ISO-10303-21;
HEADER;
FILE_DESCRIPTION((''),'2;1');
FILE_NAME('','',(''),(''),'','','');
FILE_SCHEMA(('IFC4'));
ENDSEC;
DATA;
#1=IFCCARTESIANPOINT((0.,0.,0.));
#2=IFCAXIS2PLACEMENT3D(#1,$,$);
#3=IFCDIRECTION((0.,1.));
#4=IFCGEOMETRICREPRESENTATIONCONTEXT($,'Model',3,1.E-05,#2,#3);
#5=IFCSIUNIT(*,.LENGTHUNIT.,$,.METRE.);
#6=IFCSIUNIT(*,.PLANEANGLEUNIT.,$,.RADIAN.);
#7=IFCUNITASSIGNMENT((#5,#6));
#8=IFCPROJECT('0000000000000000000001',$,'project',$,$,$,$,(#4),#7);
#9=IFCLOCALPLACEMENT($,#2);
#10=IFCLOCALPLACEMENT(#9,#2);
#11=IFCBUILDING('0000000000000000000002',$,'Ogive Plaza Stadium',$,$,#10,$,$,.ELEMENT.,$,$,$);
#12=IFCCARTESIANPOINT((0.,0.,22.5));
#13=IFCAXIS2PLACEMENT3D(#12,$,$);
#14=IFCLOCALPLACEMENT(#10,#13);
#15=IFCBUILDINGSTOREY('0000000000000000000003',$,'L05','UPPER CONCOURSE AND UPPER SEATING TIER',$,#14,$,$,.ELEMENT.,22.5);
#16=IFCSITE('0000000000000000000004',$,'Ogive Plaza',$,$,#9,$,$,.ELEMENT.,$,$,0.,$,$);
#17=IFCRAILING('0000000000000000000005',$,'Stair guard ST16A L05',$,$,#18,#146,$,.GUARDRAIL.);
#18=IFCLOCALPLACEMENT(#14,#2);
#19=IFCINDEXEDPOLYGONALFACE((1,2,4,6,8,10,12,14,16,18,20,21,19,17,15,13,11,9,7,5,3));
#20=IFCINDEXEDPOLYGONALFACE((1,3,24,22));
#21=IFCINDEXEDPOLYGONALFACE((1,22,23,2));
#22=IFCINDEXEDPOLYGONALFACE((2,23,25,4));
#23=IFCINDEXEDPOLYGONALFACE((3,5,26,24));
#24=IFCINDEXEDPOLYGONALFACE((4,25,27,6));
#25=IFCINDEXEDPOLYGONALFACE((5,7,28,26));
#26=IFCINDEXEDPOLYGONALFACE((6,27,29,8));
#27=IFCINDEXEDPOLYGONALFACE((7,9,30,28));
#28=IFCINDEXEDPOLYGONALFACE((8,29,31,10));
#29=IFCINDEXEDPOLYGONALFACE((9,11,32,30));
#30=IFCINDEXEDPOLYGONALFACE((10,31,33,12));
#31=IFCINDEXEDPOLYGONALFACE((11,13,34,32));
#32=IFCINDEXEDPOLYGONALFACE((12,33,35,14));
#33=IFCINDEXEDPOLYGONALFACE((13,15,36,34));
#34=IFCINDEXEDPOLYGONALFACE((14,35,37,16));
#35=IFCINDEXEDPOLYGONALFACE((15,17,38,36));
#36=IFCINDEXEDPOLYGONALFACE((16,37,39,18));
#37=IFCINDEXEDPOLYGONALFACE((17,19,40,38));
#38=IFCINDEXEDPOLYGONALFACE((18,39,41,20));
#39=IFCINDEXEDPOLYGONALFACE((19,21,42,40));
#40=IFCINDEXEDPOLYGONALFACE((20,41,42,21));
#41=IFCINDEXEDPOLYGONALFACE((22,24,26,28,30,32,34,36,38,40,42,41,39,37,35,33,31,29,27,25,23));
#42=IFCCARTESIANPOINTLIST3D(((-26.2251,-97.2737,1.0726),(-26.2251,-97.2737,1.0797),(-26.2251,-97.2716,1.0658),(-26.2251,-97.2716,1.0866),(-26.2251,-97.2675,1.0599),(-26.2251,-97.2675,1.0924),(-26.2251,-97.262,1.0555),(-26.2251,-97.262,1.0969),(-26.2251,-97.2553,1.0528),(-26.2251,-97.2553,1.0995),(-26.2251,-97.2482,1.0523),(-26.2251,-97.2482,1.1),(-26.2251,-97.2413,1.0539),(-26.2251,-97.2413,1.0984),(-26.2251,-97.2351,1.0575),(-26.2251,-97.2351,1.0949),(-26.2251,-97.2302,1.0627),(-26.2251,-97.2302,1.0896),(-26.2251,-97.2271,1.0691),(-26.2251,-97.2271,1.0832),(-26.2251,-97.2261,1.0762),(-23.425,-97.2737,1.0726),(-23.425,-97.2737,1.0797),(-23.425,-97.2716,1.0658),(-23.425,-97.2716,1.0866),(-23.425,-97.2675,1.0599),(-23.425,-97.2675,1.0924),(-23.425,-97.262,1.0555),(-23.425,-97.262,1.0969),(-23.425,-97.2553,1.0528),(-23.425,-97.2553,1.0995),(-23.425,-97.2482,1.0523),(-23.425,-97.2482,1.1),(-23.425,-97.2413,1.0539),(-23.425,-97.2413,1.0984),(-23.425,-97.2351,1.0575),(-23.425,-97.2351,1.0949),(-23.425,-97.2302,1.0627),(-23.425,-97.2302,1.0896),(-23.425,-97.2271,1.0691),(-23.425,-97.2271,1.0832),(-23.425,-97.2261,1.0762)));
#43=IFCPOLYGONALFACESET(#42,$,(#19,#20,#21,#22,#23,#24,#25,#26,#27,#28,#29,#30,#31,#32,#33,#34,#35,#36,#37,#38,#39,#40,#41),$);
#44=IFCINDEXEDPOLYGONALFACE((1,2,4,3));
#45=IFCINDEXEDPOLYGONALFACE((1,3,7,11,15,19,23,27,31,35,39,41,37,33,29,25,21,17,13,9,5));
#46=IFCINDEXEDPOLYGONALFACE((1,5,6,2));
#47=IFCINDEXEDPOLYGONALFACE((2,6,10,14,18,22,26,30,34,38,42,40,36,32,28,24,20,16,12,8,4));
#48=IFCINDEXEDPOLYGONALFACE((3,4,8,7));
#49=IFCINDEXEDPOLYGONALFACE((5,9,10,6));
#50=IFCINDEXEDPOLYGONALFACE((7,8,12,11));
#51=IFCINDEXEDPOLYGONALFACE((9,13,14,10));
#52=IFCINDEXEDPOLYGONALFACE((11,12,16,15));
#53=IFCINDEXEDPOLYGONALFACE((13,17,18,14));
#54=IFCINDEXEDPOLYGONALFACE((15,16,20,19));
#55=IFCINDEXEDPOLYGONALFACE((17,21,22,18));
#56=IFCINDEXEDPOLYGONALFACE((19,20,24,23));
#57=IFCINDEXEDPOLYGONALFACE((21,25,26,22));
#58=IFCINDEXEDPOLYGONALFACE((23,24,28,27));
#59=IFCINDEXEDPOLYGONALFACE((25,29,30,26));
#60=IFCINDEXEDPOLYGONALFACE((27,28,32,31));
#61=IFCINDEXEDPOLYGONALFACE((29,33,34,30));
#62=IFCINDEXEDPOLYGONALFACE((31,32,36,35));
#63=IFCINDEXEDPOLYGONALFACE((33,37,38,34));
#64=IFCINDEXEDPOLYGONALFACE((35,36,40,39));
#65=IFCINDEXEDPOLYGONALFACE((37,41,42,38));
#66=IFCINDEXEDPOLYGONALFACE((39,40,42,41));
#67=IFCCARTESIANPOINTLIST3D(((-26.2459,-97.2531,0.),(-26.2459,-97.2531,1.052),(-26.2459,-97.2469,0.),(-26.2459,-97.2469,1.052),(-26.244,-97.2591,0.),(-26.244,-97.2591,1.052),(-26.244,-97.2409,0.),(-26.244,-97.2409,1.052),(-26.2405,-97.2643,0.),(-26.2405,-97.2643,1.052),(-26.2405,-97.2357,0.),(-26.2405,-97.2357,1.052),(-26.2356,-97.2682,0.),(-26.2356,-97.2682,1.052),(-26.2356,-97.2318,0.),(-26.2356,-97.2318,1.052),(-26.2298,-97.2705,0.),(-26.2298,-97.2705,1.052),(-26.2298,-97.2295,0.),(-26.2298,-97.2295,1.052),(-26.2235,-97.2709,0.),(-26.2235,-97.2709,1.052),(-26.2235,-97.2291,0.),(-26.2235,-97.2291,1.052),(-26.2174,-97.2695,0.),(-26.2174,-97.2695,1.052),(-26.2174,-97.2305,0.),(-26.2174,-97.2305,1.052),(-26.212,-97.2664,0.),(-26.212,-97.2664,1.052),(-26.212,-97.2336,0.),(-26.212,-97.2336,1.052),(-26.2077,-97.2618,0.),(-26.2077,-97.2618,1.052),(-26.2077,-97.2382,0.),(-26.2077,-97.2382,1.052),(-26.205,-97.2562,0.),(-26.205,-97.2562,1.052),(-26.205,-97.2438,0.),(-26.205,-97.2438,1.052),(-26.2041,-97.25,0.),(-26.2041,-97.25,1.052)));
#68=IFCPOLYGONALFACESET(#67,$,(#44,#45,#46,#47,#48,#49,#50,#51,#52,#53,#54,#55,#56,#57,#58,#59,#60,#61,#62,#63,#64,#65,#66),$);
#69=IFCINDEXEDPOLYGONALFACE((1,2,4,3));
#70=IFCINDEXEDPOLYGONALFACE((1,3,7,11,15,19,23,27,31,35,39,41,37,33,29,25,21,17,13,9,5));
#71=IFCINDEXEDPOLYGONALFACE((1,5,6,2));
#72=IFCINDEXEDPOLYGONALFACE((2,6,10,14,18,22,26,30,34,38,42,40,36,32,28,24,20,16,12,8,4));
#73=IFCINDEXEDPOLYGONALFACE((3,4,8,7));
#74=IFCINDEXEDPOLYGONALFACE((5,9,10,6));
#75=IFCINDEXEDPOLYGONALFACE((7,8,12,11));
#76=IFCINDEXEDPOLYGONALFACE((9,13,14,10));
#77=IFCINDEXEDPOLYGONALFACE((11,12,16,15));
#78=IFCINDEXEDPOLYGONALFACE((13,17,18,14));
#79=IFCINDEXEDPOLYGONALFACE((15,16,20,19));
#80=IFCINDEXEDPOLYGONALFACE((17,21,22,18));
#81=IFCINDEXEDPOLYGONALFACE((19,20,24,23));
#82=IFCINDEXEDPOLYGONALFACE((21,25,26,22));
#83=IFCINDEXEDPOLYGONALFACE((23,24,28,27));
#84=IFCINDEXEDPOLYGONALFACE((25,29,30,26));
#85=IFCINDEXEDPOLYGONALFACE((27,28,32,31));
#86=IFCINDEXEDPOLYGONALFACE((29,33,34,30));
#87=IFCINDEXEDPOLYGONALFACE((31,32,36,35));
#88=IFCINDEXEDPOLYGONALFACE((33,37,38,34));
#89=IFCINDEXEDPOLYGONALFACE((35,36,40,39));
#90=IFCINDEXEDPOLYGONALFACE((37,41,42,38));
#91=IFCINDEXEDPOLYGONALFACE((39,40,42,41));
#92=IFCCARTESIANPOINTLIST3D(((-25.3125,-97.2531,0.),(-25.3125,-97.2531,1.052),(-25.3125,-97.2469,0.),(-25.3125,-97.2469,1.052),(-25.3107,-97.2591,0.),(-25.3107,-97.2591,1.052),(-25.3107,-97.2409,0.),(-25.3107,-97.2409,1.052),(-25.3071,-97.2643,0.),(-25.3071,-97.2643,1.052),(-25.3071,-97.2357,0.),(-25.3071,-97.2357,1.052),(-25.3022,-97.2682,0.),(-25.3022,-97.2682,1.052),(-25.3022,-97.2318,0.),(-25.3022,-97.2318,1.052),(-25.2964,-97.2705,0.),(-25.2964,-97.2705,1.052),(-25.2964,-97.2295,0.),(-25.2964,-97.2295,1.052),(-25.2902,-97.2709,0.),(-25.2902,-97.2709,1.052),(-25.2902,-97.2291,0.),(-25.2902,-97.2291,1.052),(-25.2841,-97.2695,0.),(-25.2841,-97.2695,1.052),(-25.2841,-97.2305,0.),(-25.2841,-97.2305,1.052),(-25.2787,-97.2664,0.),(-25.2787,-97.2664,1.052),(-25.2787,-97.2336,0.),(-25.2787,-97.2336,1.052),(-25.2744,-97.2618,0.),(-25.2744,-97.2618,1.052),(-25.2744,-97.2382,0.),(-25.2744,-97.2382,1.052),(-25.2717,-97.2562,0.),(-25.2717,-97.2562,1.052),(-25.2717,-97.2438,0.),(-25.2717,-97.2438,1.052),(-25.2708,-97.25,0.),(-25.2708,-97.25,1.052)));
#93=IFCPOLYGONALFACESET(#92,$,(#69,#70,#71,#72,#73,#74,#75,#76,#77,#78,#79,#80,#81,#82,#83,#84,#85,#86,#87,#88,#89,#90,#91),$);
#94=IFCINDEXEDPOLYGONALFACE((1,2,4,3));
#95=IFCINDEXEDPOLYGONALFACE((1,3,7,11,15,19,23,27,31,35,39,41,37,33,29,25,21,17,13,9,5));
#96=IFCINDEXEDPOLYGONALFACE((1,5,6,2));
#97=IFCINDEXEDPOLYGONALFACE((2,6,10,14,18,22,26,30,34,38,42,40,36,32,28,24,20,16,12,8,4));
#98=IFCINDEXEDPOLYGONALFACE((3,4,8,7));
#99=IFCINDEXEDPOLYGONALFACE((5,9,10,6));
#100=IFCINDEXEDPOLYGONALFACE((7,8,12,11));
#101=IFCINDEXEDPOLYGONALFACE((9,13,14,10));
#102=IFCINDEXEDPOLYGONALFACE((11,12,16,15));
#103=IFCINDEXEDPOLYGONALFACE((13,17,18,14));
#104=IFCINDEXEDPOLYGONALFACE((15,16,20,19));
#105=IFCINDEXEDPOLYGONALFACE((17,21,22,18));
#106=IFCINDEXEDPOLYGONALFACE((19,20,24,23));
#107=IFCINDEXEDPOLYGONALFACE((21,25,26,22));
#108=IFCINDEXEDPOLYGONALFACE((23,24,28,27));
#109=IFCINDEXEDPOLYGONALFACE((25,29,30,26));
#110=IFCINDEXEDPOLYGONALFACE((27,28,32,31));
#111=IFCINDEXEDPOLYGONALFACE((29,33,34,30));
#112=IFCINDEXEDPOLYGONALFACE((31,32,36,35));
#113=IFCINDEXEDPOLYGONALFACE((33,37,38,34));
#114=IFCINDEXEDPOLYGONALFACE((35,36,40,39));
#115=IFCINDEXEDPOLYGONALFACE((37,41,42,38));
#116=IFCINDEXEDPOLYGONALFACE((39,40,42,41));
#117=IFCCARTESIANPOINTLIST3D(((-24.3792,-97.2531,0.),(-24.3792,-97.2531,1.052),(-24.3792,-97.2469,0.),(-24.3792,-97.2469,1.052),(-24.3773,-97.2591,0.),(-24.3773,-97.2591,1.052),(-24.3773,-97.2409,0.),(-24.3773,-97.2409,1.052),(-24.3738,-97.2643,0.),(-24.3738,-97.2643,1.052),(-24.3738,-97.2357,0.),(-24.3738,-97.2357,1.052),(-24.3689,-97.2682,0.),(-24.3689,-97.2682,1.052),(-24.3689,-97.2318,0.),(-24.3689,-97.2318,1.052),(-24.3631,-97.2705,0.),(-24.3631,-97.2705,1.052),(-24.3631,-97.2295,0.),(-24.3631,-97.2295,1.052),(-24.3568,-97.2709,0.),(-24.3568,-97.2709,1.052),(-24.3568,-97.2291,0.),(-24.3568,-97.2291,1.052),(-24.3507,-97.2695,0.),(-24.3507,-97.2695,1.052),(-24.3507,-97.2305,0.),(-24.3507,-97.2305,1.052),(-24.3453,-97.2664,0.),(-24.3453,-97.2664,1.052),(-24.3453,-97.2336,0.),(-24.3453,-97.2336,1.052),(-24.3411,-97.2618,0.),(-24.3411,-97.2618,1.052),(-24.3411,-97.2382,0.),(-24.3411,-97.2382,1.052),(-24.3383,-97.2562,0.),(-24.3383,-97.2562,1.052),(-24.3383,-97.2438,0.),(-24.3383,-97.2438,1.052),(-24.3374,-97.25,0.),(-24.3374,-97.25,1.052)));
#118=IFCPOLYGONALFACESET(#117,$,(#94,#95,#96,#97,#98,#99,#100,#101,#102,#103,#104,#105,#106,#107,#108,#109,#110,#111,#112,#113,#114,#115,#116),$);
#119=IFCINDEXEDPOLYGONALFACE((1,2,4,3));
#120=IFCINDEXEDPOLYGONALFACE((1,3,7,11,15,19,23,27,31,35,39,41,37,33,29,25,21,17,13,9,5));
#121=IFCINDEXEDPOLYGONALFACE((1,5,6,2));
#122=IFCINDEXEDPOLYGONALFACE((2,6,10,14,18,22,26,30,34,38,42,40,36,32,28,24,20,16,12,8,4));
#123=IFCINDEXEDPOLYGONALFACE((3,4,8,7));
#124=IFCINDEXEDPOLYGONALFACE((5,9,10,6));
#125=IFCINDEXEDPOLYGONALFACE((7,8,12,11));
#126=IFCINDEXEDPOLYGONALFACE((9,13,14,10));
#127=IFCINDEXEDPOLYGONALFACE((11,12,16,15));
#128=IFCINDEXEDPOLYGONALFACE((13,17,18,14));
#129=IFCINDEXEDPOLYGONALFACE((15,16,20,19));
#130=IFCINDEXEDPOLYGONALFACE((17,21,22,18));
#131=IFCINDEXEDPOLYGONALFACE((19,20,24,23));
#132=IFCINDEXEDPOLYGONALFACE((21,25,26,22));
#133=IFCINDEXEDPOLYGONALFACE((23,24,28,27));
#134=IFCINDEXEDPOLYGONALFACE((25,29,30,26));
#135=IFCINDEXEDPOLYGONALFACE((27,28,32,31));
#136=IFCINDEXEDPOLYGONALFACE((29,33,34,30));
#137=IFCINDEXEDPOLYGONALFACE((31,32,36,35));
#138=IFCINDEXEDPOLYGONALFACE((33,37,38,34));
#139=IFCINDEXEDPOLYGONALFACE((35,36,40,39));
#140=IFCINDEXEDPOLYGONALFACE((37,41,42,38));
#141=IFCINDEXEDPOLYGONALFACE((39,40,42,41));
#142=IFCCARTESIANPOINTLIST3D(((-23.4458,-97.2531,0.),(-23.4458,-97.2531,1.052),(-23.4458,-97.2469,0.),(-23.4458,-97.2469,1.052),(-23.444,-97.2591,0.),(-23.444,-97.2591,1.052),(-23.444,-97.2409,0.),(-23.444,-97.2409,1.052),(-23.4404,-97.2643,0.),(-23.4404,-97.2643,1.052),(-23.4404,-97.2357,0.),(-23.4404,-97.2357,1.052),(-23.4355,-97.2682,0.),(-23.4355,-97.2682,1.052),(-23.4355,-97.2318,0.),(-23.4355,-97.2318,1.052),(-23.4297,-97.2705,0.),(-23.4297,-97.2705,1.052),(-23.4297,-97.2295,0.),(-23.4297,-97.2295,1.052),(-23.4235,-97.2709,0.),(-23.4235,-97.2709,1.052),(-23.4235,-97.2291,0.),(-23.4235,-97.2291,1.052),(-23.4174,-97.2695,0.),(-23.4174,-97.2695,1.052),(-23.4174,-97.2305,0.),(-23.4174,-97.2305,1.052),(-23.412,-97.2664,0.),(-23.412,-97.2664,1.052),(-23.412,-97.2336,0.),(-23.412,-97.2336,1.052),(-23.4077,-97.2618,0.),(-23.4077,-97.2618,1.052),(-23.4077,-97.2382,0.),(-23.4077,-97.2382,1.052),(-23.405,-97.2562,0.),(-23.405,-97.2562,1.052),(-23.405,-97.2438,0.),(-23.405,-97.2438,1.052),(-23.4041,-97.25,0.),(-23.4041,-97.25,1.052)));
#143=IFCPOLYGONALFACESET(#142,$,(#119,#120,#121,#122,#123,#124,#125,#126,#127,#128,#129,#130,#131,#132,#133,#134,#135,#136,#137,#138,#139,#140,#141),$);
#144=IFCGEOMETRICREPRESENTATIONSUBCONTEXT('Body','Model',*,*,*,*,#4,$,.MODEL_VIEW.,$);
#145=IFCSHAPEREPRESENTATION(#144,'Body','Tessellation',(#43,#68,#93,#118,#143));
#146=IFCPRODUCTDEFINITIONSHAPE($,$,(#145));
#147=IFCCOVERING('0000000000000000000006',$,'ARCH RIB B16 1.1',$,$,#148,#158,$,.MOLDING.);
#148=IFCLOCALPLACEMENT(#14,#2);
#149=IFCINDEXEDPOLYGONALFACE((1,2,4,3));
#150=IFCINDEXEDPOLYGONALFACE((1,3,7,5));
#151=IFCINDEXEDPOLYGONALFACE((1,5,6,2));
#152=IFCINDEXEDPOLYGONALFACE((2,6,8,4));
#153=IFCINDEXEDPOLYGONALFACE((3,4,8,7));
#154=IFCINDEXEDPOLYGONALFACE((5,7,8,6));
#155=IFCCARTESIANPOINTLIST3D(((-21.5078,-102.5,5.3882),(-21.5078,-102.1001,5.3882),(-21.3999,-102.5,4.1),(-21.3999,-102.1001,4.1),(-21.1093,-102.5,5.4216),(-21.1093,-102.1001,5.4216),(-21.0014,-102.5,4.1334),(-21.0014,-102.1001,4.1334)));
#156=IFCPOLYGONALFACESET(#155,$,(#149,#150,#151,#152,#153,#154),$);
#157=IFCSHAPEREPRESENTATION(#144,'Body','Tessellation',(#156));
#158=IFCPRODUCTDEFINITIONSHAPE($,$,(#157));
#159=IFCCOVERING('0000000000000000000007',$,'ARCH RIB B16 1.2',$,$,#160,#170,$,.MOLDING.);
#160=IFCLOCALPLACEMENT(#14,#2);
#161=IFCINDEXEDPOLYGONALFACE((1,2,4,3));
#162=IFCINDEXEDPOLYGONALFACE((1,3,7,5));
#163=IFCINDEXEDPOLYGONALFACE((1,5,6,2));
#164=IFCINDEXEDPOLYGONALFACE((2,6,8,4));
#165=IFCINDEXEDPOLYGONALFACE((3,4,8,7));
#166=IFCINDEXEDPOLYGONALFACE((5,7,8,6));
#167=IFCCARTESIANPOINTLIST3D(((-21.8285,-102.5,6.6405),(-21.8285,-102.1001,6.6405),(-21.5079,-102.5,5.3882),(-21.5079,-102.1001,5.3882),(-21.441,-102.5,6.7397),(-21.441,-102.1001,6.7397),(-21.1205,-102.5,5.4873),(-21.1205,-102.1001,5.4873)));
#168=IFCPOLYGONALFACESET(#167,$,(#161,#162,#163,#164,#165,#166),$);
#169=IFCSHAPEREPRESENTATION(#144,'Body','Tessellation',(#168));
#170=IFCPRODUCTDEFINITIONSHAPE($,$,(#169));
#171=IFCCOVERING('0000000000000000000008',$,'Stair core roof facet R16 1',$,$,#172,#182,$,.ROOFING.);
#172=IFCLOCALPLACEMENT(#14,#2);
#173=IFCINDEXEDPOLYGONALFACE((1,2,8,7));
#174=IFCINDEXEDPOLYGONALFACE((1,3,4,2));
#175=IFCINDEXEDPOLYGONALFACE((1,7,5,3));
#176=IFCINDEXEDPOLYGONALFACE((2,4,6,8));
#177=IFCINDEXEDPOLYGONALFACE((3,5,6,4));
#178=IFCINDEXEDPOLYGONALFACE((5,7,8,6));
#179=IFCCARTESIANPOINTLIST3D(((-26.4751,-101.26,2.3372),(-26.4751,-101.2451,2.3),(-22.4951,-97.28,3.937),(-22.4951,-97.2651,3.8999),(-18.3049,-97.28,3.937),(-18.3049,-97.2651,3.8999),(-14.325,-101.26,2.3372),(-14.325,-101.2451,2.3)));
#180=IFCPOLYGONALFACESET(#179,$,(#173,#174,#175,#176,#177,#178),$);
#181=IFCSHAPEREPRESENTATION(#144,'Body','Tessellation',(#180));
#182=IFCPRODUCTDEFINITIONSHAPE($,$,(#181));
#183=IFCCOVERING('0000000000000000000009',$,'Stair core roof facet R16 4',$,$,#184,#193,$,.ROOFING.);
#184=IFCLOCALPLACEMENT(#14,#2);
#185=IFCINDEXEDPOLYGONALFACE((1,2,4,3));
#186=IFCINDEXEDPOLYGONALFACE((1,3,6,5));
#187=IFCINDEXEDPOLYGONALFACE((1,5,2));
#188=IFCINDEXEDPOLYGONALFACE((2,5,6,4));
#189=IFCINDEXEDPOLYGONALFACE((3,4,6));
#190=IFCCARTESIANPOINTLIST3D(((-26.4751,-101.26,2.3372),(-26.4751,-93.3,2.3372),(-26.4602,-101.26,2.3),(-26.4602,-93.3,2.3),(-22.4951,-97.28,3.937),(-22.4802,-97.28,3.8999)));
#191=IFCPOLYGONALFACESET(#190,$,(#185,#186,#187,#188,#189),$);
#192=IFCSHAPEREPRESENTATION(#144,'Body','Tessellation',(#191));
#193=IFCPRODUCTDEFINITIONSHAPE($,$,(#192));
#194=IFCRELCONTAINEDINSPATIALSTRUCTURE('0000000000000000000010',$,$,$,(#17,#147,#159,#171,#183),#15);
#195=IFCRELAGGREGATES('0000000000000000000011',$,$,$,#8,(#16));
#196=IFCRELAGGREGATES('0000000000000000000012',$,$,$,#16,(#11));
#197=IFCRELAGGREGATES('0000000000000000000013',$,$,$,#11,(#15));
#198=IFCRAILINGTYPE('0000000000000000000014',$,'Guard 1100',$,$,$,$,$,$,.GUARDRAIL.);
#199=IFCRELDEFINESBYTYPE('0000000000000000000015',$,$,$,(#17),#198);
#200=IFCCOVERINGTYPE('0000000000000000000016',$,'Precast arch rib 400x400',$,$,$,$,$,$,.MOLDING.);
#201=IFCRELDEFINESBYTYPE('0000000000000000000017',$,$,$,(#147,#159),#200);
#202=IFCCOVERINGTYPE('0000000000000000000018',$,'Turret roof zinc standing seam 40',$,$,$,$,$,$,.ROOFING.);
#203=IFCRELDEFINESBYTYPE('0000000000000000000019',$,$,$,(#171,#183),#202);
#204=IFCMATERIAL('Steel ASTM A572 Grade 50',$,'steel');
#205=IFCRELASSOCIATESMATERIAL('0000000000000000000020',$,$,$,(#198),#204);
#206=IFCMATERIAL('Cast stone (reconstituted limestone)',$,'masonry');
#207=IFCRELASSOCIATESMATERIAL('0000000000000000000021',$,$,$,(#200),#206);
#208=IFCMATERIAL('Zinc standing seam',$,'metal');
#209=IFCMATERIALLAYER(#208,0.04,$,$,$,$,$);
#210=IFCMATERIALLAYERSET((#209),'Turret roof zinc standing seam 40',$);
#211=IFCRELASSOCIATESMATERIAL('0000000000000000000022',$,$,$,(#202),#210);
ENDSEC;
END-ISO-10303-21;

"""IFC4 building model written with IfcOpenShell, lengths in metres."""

from ifc_helpers import new_model, si_unit, direction, frame, origin, origin_2d, place, context, subcontext, project, spatial, polyline, rectangle, circle, outline, extrude, material, layer, layer_set, material_profile, profile_set, type_object, element, save


model = new_model("IFC4")

# Units and contexts
model_context = context("Model", 3, precision=1e-05, world=origin(), true_north=direction((0.0, 1.0)))
body_context = subcontext(model_context, "Body", "Model", "MODEL_VIEW")
ifc_project = project(units=[si_unit("LENGTHUNIT", "METRE"), si_unit("PLANEANGLEUNIT", "RADIAN")], contexts=[model_context])

# Site, building, storey
site_placement = place(None, origin())
site = spatial("IfcSite", under=ifc_project, at=site_placement, Name="Ogive Plaza", CompositionType="ELEMENT", RefElevation=0.0)
building_placement = place(site_placement, origin())
building = spatial("IfcBuilding", under=site, at=building_placement, Name="Ogive Plaza Stadium", CompositionType="ELEMENT")
storey_placement = place(building_placement, frame((0.0, 0.0, 22.5)))
storey = spatial("IfcBuildingStorey", under=building, at=storey_placement, Name="L05", Description="UPPER CONCOURSE AND UPPER SEATING TIER", CompositionType="ELEMENT", Elevation=22.5)

# Railing
ifc_material_1 = material(Name="Steel ASTM A572 Grade 50", Category="steel")
railing_type = type_object("IfcRailingType", Name="Guard 1100", PredefinedType="GUARDRAIL", material=ifc_material_1)
railing_1_placement = place(storey_placement, frame((-26.2251, -97.25, 0.0)))
element("IfcRailing", 1, at=railing_1_placement, inside=storey, type_object=railing_type, Name="Stair guard ST16A L05", PredefinedType="GUARDRAIL", context=body_context, shape_type="SweptSolid", body=[
    extrude(circle(Radius=0.0239, at=origin_2d()), frame((0.0, 0.0, 1.0762), z_axis=(1.0, 0.0, 0.0), x_axis=(0.0, 1.0, 0.0)), (0.0, 0.0, 1.0), 2.8),
    extrude(circle(Radius=0.021, at=origin_2d()), origin(), (0.0, 0.0, 1.0), 1.052),
    extrude(circle(Radius=0.021, at=origin_2d()), frame((0.9333, 0.0, 0.0)), (0.0, 0.0, 1.0), 1.052),
    extrude(circle(Radius=0.021, at=origin_2d()), frame((1.8667, 0.0, 0.0)), (0.0, 0.0, 1.0), 1.052),
    extrude(circle(Radius=0.021, at=origin_2d()), frame((2.8, 0.0, 0.0)), (0.0, 0.0, 1.0), 1.052),
])

# Coverings
ifc_material_2 = material(Name="Cast stone (reconstituted limestone)", Category="masonry")
ifc_material_profile_1 = material_profile(ifc_material_2, rectangle(XDim=0.3999, YDim=0.3999, at=origin_2d()), Name="Cast stone 400x400")
ifc_profile_set_1 = profile_set([ifc_material_profile_1], Name="Cast stone (reconstituted limestone)")
covering_type_1 = type_object("IfcCoveringType", Name="Precast arch rib 400x400", PredefinedType="MOLDING", material=ifc_profile_set_1)
for number, where, z_axis, x_axis, name in (
    (2, (-21.2007, -102.3, 4.1167), (-0.083467, 0.0, 0.996511), (0.0, -1.0, 0.0), "ARCH RIB B16 1.1"),
    (3, (-21.3142, -102.3, 5.4377), (-0.247953, 0.0, 0.968772), (0.0, -1.0, 0.0), "ARCH RIB B16 1.2"),
):
    element("IfcCovering", number, at=place(storey_placement, frame(where, z_axis=z_axis, x_axis=x_axis)), inside=storey, type_object=covering_type_1, Name=name, PredefinedType="MOLDING", context=body_context, shape_type="SweptSolid", body=[
        extrude(rectangle(XDim=0.3999, YDim=0.3999, at=origin_2d()), origin(), (0.0, 0.0, 1.0), 1.2927),
    ])
ifc_material_3 = material(Name="Zinc standing seam", Category="metal")
ifc_layer_1 = layer(ifc_material_3, 0.04)
ifc_layer_set_1 = layer_set([ifc_layer_1], Name="Turret roof zinc standing seam 40")
covering_type_2 = type_object("IfcCoveringType", Name="Turret roof zinc standing seam 40", PredefinedType="ROOFING", material=ifc_layer_set_1)
covering_1_placement = place(storey_placement, frame((-26.4751, -101.26, 2.3372), z_axis=(0.0, -0.37297, 0.927843), x_axis=(1.0, 0.0, 0.0)))
element("IfcCovering", 4, at=covering_1_placement, inside=storey, type_object=covering_type_2, Name="Stair core roof facet R16 1", PredefinedType="ROOFING", context=body_context, shape_type="SweptSolid", body=[
    extrude(outline(polyline([(0.0, 0.0), (12.1501, 0.0), (8.1702, 4.2895), (3.98, 4.2895), (0.0, 0.0)])), origin(), (0.0, 0.0, -1.0), 0.04),
])
covering_2_placement = place(storey_placement, frame((-26.4751, -93.3, 2.3372), z_axis=(-0.37297, 0.0, 0.927843), x_axis=(0.0, -1.0, 0.0)))
element("IfcCovering", 5, at=covering_2_placement, inside=storey, type_object=covering_type_2, Name="Stair core roof facet R16 4", PredefinedType="ROOFING", context=body_context, shape_type="SweptSolid", body=[
    extrude(outline(polyline([(0.0, 0.0), (7.96, 0.0), (3.98, 4.2895), (0.0, 0.0)])), origin(), (0.0, 0.0, -1.0), 0.04),
])

save(model, "model.ifc")
